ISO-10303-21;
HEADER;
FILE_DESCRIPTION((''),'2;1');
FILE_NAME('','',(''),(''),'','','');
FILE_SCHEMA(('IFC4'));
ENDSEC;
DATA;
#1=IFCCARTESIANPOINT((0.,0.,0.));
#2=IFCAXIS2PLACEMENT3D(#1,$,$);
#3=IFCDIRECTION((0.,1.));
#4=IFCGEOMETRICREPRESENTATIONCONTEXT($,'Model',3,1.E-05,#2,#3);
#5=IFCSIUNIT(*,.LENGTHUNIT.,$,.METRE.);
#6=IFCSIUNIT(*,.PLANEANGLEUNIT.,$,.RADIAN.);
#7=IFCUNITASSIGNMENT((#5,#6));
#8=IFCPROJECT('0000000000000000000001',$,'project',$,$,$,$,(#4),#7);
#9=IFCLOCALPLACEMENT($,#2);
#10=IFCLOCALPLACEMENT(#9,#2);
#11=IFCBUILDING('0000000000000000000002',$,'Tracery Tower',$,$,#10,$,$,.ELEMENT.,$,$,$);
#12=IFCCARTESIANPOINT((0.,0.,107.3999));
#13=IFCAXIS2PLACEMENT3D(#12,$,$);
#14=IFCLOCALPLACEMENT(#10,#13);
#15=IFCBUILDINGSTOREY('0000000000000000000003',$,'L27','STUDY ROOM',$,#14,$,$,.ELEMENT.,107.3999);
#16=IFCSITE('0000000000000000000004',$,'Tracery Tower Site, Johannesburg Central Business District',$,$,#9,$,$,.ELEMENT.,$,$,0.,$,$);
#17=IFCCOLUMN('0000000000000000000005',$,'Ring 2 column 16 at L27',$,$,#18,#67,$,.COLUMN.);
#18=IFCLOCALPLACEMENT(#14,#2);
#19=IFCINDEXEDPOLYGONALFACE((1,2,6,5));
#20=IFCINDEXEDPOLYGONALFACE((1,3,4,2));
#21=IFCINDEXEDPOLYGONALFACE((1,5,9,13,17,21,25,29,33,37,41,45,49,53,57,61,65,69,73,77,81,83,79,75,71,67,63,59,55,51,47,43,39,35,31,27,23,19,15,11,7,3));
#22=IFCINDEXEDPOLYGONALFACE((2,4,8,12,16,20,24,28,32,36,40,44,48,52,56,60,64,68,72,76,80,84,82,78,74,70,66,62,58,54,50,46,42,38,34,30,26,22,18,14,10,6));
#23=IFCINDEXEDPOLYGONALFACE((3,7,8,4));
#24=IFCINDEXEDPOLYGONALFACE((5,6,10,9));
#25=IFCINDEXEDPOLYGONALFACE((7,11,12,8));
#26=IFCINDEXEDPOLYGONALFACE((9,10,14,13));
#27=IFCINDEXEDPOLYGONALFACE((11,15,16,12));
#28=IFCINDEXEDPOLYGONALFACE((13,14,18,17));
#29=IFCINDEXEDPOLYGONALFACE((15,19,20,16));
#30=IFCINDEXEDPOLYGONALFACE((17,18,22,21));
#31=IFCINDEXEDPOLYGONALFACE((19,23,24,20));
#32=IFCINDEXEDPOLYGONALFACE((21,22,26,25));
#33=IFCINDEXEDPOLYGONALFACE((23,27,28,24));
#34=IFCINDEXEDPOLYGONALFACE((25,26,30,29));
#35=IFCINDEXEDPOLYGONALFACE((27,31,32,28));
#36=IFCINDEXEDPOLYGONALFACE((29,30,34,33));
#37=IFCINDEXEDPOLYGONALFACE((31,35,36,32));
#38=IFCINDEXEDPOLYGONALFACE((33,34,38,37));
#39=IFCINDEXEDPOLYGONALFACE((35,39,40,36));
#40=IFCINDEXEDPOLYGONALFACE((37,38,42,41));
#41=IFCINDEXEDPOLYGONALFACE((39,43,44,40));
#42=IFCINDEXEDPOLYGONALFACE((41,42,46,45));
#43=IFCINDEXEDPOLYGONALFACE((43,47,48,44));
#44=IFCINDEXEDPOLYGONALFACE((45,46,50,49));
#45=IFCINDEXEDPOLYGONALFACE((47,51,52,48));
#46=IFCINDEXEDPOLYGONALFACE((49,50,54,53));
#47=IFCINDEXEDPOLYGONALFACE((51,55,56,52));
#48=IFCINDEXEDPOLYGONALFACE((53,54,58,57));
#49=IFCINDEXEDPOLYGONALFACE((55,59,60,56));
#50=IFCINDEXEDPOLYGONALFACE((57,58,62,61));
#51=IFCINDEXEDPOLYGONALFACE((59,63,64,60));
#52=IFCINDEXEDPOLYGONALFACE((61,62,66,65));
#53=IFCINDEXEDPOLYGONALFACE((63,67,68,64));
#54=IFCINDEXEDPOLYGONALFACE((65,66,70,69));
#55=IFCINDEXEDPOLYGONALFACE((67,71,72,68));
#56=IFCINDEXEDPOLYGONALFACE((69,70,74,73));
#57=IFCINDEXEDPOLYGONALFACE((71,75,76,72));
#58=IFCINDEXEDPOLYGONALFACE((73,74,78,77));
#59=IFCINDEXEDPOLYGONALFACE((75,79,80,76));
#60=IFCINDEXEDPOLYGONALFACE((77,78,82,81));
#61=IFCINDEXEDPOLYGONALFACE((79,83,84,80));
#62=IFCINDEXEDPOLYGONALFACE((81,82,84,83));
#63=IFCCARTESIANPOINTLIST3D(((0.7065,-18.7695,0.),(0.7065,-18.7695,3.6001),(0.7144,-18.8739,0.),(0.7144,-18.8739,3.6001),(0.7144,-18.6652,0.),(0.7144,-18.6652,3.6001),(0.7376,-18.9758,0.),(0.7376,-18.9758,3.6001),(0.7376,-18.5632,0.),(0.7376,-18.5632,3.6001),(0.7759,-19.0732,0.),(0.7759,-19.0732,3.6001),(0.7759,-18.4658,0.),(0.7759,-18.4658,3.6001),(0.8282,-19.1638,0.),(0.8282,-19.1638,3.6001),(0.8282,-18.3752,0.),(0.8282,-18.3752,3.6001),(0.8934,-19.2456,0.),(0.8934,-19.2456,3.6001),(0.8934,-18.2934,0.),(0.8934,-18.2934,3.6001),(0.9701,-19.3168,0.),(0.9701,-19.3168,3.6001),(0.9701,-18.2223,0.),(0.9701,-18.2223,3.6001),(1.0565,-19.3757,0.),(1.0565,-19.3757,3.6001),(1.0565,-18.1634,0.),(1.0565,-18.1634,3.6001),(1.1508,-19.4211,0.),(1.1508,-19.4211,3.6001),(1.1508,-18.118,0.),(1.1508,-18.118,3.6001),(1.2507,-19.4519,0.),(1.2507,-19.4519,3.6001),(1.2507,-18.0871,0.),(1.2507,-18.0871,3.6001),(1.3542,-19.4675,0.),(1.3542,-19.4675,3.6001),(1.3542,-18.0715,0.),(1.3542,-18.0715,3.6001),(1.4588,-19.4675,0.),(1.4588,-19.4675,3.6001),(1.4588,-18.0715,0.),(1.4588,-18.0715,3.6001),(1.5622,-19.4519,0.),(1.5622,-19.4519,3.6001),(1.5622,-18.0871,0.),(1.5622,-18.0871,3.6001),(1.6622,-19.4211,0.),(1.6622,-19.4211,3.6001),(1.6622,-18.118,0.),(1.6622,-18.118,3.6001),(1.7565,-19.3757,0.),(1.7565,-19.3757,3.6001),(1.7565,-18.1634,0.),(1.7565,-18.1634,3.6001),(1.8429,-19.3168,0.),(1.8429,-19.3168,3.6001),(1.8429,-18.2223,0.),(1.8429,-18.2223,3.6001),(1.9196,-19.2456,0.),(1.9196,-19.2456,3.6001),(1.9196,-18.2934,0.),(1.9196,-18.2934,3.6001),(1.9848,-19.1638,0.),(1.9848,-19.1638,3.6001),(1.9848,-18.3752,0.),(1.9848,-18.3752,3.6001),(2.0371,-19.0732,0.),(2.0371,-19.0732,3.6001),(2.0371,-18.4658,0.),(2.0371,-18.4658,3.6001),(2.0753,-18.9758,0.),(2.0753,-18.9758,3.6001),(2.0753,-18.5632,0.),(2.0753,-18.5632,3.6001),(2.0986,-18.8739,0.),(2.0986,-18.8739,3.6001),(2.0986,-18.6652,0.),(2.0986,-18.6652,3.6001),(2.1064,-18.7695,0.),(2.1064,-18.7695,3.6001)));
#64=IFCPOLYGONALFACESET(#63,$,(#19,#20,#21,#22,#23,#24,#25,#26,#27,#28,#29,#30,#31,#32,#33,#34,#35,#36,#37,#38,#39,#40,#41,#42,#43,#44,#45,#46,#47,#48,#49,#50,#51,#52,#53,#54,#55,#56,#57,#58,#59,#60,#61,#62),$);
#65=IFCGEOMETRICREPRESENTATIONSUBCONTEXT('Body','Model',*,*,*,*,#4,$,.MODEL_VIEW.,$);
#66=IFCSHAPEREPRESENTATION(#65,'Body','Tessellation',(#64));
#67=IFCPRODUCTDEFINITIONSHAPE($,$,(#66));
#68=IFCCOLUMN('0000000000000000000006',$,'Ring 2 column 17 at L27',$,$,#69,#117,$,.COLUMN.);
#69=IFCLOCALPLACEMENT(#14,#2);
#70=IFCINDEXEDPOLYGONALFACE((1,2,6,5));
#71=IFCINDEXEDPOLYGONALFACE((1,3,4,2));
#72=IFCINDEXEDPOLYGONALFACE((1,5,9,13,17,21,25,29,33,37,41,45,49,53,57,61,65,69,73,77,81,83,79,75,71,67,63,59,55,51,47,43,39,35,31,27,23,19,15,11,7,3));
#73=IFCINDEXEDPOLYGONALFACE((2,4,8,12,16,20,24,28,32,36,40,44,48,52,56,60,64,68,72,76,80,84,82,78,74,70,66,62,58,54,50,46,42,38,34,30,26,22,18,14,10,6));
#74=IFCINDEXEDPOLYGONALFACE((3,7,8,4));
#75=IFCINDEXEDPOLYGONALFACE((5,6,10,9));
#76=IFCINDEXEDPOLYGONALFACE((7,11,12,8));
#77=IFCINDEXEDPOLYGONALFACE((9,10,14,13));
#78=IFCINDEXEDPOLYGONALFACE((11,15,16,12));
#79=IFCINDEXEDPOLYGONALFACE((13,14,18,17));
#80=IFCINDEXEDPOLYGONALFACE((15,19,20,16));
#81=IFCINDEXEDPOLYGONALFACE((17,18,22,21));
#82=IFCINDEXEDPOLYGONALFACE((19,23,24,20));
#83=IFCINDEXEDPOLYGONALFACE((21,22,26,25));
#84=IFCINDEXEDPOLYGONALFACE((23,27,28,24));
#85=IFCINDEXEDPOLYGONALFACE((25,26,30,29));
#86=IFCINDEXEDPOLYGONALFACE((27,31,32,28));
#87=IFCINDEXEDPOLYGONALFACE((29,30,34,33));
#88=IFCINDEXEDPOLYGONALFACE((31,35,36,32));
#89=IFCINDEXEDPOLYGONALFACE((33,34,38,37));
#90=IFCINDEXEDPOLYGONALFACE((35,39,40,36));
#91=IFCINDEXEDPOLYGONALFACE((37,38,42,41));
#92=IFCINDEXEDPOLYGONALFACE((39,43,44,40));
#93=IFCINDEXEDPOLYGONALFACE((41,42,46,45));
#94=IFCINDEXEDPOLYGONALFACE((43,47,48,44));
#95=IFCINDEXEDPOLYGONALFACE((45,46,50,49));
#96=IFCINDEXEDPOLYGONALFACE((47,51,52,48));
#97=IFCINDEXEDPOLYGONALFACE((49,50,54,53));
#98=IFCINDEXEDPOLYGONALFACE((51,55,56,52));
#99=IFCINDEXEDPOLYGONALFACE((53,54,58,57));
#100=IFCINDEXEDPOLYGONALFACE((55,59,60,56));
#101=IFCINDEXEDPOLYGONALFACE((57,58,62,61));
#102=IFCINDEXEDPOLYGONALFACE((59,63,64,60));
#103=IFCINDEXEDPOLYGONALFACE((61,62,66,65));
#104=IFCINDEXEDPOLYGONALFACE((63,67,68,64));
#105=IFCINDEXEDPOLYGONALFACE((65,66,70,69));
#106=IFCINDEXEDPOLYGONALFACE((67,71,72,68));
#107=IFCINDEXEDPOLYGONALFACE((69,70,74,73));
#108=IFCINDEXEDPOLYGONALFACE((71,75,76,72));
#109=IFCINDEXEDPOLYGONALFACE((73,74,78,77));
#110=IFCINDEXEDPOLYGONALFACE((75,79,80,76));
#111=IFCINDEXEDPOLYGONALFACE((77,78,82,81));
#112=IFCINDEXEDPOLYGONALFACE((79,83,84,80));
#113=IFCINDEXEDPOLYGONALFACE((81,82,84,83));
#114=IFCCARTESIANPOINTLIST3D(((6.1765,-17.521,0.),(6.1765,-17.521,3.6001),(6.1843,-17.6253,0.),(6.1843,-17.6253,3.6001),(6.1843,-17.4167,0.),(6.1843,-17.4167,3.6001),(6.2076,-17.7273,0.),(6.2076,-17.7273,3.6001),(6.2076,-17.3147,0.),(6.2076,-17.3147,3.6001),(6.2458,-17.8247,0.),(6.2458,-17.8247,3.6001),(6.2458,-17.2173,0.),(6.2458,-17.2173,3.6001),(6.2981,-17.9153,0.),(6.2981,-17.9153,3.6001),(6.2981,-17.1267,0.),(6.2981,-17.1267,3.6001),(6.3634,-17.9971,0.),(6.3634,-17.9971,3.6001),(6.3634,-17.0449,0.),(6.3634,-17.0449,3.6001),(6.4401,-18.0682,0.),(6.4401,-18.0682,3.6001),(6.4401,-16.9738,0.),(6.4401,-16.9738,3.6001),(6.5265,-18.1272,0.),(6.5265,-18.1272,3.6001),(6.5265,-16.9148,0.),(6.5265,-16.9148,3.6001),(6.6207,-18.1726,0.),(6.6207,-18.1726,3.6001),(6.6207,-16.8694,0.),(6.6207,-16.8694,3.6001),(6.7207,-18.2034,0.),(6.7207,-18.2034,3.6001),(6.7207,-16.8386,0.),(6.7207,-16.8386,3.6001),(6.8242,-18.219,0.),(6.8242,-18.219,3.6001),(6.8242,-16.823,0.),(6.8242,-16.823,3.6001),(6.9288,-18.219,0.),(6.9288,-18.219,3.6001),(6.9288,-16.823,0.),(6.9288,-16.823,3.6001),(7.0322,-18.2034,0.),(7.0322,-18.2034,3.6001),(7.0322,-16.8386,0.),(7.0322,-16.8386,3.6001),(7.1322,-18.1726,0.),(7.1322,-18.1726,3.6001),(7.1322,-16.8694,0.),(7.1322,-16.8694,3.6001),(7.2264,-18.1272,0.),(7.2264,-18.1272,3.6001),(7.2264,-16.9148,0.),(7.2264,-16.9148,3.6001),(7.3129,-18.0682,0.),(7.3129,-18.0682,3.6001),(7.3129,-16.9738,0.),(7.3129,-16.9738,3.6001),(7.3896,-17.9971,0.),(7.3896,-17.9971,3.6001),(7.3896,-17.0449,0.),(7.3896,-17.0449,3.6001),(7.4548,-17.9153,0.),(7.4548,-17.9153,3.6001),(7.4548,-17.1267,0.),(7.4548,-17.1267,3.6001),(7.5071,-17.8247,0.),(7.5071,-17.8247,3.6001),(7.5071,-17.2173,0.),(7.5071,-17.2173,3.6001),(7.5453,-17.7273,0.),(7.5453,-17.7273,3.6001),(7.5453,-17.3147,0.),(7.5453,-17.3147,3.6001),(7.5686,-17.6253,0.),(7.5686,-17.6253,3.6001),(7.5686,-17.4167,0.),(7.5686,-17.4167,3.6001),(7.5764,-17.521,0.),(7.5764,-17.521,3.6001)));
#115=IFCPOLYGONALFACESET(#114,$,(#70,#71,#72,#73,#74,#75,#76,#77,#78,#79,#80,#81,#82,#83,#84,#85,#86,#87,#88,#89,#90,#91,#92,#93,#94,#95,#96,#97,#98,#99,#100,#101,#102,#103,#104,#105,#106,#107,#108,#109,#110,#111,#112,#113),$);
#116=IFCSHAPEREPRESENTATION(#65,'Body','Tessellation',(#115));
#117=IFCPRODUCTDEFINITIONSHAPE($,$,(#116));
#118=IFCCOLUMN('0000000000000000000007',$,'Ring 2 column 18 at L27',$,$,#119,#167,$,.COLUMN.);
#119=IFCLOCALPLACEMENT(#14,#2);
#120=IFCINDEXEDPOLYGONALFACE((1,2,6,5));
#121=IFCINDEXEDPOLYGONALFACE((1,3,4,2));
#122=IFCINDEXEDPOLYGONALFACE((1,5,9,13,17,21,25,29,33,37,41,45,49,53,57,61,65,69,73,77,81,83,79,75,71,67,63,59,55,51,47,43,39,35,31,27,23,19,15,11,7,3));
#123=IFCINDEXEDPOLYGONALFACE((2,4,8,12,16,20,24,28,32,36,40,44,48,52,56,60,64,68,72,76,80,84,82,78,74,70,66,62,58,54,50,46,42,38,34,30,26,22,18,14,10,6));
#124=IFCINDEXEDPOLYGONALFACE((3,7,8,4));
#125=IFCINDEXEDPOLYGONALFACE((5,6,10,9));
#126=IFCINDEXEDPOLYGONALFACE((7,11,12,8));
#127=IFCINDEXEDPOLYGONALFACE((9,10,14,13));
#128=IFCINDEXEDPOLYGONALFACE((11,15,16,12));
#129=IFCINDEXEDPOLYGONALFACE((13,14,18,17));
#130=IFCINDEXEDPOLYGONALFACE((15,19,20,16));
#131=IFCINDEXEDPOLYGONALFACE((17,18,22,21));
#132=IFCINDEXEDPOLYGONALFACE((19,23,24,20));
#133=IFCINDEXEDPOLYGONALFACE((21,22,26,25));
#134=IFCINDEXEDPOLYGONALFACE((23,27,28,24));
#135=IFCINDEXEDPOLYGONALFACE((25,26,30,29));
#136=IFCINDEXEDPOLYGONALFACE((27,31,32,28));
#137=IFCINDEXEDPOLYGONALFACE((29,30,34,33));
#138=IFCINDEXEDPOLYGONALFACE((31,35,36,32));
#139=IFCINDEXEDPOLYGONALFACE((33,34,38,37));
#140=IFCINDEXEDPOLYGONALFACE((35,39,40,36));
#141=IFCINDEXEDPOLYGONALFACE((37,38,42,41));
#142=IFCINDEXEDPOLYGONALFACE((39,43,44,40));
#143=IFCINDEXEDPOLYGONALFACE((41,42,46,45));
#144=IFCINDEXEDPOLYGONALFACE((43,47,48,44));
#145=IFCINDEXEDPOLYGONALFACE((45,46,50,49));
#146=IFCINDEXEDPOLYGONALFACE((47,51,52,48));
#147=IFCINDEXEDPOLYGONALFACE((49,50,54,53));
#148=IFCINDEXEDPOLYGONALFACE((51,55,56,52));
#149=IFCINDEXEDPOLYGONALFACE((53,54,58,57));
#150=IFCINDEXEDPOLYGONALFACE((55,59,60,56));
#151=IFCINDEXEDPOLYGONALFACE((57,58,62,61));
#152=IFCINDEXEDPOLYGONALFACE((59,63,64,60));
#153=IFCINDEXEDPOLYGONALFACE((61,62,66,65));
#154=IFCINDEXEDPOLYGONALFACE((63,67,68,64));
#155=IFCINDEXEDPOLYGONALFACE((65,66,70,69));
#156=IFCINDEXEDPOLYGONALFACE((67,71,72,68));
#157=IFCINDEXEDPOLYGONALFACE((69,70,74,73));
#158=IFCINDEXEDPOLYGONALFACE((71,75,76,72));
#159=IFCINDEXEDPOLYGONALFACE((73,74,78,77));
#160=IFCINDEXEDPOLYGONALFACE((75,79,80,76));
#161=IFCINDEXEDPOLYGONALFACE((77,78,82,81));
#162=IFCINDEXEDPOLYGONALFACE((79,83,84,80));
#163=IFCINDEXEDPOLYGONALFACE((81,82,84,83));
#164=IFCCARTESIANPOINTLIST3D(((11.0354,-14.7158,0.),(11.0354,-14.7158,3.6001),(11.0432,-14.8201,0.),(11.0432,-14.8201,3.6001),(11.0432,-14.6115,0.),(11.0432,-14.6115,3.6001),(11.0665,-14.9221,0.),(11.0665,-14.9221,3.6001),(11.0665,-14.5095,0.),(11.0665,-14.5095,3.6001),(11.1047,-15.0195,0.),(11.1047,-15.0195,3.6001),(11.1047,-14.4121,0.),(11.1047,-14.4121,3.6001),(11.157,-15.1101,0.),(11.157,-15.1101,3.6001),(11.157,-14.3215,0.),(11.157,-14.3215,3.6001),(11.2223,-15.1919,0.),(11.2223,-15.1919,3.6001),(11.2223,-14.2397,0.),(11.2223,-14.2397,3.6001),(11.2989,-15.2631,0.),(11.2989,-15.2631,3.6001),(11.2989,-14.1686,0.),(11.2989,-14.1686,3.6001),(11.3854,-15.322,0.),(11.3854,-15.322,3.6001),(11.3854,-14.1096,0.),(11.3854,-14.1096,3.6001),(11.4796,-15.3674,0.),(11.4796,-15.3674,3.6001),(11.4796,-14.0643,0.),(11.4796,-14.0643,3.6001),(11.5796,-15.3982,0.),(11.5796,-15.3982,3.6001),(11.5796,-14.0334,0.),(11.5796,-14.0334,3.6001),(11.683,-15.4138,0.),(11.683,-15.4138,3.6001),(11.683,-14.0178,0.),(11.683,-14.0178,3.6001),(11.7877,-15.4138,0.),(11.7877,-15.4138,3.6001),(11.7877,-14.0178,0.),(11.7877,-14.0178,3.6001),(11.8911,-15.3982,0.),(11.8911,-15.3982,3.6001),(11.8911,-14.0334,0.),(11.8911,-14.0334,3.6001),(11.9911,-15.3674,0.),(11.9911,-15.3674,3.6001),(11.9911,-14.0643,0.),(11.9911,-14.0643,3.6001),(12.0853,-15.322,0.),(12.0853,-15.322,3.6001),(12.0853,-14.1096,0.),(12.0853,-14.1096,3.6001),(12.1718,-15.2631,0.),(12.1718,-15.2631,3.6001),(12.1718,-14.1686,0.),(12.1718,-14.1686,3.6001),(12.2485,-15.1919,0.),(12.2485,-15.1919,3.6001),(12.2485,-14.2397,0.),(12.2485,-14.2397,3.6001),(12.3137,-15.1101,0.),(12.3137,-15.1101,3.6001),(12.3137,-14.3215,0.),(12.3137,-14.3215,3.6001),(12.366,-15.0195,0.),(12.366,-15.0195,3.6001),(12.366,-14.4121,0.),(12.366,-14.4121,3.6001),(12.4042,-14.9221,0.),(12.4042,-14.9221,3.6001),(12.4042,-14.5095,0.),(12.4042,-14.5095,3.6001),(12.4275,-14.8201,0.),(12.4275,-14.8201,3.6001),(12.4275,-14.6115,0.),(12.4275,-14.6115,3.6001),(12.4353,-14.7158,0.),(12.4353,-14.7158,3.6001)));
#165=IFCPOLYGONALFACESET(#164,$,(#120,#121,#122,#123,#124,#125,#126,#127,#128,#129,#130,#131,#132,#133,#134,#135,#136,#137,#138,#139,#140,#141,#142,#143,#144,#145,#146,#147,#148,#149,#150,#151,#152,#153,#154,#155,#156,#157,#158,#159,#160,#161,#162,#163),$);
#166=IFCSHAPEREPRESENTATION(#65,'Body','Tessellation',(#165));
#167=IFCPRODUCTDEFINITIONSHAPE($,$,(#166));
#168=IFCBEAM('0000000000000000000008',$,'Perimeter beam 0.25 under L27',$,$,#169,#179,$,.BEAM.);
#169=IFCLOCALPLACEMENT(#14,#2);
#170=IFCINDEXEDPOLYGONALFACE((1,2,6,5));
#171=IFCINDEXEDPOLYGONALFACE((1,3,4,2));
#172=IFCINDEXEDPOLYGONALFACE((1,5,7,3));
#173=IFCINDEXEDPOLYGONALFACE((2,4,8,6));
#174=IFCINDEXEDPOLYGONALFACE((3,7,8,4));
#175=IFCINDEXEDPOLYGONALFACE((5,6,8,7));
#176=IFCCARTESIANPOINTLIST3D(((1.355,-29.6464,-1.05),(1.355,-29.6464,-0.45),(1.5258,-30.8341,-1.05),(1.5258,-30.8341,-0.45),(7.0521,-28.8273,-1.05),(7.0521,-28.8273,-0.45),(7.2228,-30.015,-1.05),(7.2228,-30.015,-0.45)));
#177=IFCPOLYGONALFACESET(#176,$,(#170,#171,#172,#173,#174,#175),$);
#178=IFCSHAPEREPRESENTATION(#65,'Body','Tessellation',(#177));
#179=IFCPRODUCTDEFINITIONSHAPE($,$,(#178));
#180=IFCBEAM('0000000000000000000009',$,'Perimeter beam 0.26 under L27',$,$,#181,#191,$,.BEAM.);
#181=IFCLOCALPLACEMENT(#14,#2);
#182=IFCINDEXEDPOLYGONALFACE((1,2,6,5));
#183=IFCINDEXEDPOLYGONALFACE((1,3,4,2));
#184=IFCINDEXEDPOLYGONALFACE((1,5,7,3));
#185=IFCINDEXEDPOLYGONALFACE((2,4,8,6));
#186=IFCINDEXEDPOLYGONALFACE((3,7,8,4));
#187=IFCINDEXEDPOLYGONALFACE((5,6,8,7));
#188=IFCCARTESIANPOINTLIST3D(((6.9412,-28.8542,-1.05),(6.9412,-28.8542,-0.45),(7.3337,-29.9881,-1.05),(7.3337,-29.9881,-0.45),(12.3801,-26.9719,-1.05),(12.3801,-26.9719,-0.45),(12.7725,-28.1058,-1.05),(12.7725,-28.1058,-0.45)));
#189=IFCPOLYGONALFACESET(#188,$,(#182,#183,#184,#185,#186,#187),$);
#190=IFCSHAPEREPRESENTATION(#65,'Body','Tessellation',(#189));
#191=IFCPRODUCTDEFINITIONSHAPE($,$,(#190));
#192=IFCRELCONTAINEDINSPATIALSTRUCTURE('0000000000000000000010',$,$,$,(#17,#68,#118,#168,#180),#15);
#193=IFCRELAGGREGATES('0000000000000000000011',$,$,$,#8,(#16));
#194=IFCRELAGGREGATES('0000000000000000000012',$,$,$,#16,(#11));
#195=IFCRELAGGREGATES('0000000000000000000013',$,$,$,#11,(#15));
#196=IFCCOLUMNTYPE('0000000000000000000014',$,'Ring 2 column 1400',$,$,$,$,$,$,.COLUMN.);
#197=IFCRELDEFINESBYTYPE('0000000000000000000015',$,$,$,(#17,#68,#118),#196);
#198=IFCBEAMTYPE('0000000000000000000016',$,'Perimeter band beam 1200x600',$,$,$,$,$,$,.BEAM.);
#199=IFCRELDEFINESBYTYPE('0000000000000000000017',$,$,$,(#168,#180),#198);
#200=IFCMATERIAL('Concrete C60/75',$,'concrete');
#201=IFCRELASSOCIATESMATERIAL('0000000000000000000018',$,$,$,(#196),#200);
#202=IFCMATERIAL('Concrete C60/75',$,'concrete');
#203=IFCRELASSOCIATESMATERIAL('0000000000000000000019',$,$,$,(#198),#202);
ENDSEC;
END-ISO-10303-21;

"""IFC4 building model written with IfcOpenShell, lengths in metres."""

from ifc_helpers import new_model, si_unit, direction, frame, origin, origin_2d, place, context, subcontext, project, spatial, rectangle, circle, extrude, material, material_profile, profile_set, type_object, element, save


model = new_model("IFC4")

# Units and contexts
model_context = context("Model", 3, precision=1e-05, world=origin(), true_north=direction((0.0, 1.0)))
body_context = subcontext(model_context, "Body", "Model", "MODEL_VIEW")
ifc_project = project(units=[si_unit("LENGTHUNIT", "METRE"), si_unit("PLANEANGLEUNIT", "RADIAN")], contexts=[model_context])

# Site, building, storey
site_placement = place(None, origin())
site = spatial("IfcSite", under=ifc_project, at=site_placement, Name="Tracery Tower Site, Johannesburg Central Business District", CompositionType="ELEMENT", RefElevation=0.0)
building_placement = place(site_placement, origin())
building = spatial("IfcBuilding", under=site, at=building_placement, Name="Tracery Tower", CompositionType="ELEMENT")
storey_placement = place(building_placement, frame((0.0, 0.0, 107.3999)))
storey = spatial("IfcBuildingStorey", under=building, at=storey_placement, Name="L27", Description="STUDY ROOM", CompositionType="ELEMENT", Elevation=107.3999)

# Columns
ifc_material_1 = material(Name="Concrete C60/75", Category="concrete")
ifc_material_profile_1 = material_profile(ifc_material_1, circle(Radius=0.7, at=origin_2d()), Name="RC D1400")
ifc_profile_set_1 = profile_set([ifc_material_profile_1], Name="Concrete C60/75")
column_type_1 = type_object("IfcColumnType", Name="Ring 2 column 1400", PredefinedType="COLUMN", material=ifc_profile_set_1)
for number, where, z_axis, x_axis, name in (
    (1, (1.4065, -18.7695, 0.0), (0.0, 0.0, 1.0), (1.0, 0.0, 0.0), "Ring 2 column 16 at L27"),
    (2, (6.8765, -17.521, 0.0), (0.0, 0.0, 1.0), (1.0, 0.0, 0.0), "Ring 2 column 17 at L27"),
    (3, (11.7354, -14.7158, 0.0), (0.0, 0.0, 1.0), (1.0, 0.0, 0.0), "Ring 2 column 18 at L27"),
):
    element("IfcColumn", number, at=place(storey_placement, frame(where, z_axis=z_axis, x_axis=x_axis)), inside=storey, type_object=column_type_1, Name=name, PredefinedType="COLUMN", context=body_context, shape_type="SweptSolid", body=[
        extrude(circle(Radius=0.7, at=origin_2d()), origin(), (0.0, 0.0, 1.0), 3.6001),
    ])

# Beams
ifc_material_2 = material(Name="Concrete C60/75", Category="concrete")
ifc_material_profile_2 = material_profile(ifc_material_2, rectangle(XDim=1.2, YDim=0.6001, at=origin_2d()), Name="RC 1200x600")
ifc_profile_set_2 = profile_set([ifc_material_profile_2], Name="Concrete C60/75")
beam_type = type_object("IfcBeamType", Name="Perimeter band beam 1200x600", PredefinedType="BEAM", material=ifc_profile_set_2)
beam_1_placement = place(storey_placement, frame((1.4404, -30.2402, -0.75), z_axis=(0.989822, 0.142312, 0.0), x_axis=(-0.142312, 0.989822, 0.0)))
element("IfcBeam", 4, at=beam_1_placement, inside=storey, type_object=beam_type, Name="Perimeter beam 0.25 under L27", PredefinedType="BEAM", context=body_context, shape_type="SweptSolid", body=[
    extrude(rectangle(XDim=1.2, YDim=0.6001, at=origin_2d()), origin(), (0.0, 0.0, 1.0), 5.7556),
])
beam_2_placement = place(storey_placement, frame((7.1375, -29.4211, -0.75), z_axis=(0.945007, 0.327049, 0.0), x_axis=(-0.327049, 0.945007, 0.0)))
element("IfcBeam", 5, at=beam_2_placement, inside=storey, type_object=beam_type, Name="Perimeter beam 0.26 under L27", PredefinedType="BEAM", context=body_context, shape_type="SweptSolid", body=[
    extrude(rectangle(XDim=1.2, YDim=0.6001, at=origin_2d()), origin(), (0.0, 0.0, 1.0), 5.7554),
])

save(model, "model.ifc")
